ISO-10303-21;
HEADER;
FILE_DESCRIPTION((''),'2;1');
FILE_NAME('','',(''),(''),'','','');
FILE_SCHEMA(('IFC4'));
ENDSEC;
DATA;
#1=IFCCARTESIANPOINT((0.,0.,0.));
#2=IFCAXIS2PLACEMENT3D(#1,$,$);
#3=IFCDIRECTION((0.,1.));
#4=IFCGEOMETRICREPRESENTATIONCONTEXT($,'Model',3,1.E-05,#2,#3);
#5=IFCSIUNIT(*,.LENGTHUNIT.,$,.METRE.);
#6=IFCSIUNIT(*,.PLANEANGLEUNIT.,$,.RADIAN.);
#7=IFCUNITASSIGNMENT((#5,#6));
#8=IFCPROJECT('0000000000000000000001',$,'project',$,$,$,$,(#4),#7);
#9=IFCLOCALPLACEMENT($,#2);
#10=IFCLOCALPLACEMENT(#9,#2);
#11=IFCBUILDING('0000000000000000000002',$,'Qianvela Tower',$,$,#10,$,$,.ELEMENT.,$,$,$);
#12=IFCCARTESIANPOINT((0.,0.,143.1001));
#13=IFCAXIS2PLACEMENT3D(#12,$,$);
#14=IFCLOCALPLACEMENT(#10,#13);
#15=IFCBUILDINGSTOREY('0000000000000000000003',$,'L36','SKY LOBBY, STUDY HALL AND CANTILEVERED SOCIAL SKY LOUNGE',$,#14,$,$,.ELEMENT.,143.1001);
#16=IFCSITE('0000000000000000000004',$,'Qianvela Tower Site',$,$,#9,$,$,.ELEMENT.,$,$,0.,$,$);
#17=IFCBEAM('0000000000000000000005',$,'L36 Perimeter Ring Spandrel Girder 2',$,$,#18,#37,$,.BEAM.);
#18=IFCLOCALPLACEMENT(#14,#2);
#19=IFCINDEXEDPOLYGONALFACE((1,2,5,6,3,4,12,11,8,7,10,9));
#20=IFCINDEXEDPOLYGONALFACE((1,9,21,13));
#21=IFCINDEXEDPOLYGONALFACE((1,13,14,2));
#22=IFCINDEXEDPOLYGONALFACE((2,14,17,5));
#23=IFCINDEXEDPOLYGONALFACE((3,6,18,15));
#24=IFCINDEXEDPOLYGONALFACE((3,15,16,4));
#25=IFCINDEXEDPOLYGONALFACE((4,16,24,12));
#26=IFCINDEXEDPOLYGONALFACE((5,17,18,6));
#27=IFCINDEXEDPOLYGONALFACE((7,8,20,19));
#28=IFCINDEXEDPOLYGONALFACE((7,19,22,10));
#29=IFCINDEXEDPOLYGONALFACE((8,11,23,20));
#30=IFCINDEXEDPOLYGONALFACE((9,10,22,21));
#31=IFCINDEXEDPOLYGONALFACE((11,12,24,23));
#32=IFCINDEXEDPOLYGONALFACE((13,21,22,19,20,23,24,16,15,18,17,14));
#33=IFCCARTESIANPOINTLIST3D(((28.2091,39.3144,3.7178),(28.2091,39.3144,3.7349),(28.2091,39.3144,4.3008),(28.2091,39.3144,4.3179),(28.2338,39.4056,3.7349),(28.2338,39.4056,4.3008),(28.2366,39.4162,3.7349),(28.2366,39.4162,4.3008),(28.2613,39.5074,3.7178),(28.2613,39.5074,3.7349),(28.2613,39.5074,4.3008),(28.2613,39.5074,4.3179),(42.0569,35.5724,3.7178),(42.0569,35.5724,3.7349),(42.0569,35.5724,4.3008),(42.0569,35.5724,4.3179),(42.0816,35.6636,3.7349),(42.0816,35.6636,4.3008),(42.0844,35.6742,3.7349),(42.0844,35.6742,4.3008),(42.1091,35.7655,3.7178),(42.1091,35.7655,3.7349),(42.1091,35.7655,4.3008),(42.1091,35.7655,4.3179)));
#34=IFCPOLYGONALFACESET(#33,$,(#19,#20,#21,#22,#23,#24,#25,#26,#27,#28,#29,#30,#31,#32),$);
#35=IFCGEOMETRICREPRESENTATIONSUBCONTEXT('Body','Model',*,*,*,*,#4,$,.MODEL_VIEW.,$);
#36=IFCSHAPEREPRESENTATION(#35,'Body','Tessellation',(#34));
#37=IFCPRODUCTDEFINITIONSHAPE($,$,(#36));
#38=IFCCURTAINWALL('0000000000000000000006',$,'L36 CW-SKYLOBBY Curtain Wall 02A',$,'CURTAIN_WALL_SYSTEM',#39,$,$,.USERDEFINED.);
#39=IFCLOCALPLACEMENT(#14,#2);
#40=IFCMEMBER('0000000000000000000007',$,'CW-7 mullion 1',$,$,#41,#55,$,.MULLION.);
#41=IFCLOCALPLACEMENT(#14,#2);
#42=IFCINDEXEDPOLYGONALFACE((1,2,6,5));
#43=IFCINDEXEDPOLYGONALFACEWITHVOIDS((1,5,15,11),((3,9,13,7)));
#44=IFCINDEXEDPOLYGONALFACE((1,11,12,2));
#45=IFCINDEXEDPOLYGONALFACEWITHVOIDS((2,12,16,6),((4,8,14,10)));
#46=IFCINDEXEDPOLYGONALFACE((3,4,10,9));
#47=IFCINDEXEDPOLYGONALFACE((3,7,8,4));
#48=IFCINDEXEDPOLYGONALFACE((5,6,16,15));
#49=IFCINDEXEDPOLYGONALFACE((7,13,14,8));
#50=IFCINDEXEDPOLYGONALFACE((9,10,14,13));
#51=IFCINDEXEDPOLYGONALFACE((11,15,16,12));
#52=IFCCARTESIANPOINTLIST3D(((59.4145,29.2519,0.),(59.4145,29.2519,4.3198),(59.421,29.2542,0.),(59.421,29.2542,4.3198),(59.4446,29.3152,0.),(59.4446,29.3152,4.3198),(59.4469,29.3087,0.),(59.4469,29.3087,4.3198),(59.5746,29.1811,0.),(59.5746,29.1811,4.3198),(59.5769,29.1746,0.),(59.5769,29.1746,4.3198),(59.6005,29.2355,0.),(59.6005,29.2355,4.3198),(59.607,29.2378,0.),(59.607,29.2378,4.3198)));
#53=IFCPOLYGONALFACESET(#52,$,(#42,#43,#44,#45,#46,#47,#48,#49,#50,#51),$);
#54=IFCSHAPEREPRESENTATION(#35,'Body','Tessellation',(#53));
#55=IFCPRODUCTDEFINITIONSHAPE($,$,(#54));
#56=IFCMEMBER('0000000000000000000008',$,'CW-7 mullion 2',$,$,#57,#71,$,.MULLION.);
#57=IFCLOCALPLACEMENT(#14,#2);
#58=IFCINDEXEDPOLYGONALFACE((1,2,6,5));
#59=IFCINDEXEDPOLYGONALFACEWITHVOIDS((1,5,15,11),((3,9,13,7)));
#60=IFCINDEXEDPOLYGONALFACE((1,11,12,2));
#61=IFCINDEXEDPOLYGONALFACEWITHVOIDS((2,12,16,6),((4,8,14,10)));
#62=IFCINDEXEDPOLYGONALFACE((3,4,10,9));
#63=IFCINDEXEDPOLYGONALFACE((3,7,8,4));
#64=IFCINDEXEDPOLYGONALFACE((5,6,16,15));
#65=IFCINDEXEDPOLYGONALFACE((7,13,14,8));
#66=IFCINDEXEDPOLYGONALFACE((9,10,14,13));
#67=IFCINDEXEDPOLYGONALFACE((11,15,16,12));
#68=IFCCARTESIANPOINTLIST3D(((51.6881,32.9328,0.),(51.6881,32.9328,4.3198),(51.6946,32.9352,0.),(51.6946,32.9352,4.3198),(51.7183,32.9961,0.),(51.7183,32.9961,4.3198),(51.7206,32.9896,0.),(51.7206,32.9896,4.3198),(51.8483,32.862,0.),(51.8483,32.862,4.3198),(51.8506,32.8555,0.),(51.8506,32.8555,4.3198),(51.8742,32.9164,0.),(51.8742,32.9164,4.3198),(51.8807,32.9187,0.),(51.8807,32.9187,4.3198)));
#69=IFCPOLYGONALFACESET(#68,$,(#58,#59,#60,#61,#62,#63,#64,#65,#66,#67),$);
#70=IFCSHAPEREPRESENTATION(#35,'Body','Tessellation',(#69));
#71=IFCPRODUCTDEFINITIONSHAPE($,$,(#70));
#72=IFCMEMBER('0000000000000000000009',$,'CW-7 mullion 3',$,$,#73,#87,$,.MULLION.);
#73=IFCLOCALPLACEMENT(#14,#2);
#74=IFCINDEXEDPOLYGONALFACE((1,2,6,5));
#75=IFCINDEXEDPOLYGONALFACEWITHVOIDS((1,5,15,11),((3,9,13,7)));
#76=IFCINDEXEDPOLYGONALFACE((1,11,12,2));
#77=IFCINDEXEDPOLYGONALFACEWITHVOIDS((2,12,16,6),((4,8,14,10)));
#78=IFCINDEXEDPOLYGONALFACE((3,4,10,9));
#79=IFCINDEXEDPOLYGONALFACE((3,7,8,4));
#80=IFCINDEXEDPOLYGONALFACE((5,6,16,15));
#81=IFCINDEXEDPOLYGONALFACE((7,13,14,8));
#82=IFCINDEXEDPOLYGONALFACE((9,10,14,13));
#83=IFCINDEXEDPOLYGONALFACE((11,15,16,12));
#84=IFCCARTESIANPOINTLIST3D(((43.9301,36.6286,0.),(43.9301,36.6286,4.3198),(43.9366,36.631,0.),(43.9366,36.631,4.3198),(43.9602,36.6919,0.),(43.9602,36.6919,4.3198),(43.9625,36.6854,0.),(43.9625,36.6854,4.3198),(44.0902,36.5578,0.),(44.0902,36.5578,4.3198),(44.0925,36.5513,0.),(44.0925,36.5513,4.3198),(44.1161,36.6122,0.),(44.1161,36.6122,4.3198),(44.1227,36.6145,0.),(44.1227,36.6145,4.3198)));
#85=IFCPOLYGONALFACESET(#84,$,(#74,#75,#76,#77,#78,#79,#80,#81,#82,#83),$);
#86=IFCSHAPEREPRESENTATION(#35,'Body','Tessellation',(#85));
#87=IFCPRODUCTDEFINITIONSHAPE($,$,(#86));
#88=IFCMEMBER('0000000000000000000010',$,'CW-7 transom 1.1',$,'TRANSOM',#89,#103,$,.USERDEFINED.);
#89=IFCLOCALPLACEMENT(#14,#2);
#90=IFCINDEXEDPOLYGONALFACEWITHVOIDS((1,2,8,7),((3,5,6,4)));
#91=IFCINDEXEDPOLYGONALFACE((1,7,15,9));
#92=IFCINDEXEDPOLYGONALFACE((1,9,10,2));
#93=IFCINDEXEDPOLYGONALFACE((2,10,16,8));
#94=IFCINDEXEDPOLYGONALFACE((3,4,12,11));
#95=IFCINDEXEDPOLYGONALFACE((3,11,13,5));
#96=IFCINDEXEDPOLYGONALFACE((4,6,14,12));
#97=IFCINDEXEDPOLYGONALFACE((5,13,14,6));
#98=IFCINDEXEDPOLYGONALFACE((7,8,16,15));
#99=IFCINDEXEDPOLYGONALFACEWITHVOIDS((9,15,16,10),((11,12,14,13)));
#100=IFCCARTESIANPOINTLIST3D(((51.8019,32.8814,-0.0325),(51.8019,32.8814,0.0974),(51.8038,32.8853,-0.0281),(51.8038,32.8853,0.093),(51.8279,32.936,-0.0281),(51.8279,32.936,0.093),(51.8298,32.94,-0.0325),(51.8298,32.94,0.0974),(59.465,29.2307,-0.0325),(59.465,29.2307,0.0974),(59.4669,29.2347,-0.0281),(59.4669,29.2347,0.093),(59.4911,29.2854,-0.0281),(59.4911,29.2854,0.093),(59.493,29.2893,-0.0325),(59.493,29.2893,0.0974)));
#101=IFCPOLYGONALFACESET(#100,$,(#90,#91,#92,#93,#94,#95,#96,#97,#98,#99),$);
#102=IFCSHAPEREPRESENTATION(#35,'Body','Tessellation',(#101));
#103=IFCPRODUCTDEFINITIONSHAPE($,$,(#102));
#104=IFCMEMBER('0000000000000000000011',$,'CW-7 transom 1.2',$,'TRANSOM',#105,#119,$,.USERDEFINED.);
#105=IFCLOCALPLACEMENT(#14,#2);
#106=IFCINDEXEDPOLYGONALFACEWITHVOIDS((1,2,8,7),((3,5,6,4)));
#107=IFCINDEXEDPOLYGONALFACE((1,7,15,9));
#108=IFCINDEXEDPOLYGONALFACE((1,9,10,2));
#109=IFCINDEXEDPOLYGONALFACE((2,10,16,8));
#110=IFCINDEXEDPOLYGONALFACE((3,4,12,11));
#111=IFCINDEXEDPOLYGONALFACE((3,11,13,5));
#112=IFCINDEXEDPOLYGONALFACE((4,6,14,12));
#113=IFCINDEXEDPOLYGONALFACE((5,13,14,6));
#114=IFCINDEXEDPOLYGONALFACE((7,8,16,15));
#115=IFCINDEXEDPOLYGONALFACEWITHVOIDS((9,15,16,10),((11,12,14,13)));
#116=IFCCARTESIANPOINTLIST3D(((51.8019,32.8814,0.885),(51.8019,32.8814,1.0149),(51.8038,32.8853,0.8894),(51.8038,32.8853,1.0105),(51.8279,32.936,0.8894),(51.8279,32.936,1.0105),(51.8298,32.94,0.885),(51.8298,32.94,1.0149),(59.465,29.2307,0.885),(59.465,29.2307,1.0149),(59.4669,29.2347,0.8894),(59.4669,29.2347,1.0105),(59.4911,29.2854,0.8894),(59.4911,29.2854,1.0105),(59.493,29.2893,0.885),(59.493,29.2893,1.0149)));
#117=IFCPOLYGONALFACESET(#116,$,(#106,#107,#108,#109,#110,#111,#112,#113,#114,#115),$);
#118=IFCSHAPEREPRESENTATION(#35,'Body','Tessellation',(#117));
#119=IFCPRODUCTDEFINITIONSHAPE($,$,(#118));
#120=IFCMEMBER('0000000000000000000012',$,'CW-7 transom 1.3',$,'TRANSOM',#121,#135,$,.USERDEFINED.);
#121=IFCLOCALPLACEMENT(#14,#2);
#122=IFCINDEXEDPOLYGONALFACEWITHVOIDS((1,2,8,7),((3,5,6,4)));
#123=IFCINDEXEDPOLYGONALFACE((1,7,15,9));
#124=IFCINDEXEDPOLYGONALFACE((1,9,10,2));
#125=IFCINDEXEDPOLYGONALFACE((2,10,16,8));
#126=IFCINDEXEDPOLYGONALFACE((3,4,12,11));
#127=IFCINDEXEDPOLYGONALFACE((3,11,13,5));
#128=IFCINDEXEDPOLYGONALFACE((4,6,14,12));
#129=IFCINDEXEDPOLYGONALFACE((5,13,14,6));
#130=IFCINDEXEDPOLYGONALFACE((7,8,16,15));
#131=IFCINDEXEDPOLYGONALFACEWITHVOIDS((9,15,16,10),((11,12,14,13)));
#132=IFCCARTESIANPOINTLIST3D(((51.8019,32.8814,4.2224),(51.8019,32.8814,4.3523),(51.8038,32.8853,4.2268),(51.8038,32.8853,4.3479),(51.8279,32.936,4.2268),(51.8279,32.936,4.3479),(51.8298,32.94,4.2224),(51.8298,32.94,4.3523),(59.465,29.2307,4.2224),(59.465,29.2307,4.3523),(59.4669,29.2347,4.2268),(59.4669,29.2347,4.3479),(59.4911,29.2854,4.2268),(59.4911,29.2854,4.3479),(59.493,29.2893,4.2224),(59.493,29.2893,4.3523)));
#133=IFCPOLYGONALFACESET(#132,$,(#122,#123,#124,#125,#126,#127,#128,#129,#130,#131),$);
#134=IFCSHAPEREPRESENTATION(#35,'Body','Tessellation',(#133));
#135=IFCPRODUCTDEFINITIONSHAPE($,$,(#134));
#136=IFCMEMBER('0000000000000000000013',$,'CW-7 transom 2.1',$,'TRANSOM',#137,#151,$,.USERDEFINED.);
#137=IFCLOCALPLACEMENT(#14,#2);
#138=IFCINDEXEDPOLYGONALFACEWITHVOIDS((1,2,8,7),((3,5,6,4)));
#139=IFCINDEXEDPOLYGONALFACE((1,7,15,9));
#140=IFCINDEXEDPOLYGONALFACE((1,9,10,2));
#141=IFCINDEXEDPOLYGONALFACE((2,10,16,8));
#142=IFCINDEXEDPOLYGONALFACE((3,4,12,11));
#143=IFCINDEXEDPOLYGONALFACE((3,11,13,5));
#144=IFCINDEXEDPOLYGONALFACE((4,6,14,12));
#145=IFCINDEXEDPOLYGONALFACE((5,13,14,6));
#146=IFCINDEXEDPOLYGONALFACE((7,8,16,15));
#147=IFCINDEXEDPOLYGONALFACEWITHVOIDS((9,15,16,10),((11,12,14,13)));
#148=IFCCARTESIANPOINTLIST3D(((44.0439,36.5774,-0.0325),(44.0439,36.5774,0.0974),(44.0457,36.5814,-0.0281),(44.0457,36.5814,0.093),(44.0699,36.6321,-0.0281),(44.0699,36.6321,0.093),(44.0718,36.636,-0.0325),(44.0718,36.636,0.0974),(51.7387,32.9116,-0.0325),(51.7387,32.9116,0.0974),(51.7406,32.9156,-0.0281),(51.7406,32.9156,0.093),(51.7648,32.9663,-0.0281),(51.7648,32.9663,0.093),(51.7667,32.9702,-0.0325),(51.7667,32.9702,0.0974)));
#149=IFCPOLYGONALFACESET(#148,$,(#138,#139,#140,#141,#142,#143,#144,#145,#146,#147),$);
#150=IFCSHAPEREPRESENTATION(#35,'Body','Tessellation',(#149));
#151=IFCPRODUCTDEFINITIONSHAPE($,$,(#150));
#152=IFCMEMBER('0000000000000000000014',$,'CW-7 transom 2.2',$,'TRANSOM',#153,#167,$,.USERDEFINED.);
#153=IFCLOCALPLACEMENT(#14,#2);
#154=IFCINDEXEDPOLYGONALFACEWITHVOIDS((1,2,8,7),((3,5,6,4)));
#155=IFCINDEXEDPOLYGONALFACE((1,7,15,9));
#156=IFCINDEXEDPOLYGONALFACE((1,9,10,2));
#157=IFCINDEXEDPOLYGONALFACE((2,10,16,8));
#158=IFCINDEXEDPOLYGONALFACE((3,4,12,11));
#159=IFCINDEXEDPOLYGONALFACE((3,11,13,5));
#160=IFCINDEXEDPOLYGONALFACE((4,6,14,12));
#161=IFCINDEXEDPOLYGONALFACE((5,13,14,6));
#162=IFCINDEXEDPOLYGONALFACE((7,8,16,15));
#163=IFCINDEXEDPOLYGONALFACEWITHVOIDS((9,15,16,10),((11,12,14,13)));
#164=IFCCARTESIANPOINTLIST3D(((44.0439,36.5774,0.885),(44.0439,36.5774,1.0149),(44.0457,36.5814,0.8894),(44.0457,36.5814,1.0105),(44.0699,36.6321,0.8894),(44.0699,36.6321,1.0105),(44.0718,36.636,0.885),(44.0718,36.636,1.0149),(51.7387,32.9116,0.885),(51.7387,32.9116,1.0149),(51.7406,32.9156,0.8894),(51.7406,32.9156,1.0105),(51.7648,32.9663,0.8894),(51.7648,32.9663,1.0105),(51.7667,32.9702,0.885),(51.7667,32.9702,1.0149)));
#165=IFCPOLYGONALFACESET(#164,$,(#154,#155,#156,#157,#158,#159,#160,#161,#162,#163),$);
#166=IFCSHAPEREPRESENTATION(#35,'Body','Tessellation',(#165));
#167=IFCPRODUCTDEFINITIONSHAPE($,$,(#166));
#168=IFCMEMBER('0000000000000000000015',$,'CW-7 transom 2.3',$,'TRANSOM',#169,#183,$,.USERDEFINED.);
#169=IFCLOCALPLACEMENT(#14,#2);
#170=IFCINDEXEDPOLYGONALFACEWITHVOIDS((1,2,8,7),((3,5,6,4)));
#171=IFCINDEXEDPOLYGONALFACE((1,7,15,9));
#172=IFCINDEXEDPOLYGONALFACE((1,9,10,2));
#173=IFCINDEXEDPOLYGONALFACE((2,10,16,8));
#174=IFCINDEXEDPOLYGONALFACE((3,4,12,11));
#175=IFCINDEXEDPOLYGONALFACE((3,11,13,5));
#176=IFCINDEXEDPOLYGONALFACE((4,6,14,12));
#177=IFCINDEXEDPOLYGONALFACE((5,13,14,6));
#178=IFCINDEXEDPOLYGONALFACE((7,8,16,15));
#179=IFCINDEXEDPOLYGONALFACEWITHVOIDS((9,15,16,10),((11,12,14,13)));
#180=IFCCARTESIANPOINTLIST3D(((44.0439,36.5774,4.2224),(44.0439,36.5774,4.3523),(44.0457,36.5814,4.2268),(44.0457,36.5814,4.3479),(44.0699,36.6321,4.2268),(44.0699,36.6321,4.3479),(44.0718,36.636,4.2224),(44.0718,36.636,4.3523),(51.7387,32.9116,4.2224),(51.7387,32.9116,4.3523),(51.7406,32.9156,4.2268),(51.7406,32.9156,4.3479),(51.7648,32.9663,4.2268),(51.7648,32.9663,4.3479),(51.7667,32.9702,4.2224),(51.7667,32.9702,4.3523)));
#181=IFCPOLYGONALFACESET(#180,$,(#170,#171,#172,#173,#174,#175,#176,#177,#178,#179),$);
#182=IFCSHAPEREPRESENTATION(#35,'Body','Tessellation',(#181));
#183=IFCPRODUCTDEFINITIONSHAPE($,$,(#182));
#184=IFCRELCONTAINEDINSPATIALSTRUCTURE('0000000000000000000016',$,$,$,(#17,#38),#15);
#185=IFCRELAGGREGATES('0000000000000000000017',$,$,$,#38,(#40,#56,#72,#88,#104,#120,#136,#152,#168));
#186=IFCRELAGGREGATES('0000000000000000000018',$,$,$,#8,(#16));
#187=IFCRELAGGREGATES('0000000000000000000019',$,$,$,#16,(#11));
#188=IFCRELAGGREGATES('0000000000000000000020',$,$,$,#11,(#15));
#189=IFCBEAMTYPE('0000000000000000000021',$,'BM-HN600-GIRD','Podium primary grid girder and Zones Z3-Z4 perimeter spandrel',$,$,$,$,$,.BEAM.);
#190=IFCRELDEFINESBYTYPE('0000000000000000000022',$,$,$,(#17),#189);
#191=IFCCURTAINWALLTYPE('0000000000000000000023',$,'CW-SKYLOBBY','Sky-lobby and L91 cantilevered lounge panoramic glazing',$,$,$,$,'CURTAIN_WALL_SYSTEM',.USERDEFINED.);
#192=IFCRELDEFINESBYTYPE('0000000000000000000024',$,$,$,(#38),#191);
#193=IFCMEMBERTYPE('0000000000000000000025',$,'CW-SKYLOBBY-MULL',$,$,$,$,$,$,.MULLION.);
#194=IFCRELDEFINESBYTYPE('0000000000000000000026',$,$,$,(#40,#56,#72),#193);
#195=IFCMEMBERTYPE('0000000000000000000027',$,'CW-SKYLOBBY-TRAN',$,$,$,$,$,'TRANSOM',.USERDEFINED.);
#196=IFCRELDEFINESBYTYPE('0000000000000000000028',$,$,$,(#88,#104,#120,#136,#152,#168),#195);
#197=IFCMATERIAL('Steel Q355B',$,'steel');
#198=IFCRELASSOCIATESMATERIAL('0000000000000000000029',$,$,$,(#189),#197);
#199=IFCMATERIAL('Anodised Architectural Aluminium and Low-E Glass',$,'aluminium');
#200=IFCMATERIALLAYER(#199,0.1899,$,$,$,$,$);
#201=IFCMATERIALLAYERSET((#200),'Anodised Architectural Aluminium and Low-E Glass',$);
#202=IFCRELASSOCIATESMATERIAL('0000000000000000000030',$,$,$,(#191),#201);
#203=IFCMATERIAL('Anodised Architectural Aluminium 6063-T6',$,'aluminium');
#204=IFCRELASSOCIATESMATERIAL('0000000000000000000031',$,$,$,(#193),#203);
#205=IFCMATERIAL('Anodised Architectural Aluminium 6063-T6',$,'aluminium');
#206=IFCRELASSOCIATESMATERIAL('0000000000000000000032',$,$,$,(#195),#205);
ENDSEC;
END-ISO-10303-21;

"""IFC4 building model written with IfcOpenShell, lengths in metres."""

from ifc_helpers import new_model, si_unit, direction, frame, origin, origin_2d, place, context, subcontext, project, spatial, hollow_rectangle, i_section, extrude, material, layer, layer_set, material_profile, profile_set, type_object, element, aggregate, save


model = new_model("IFC4")

# Units and contexts
model_context = context("Model", 3, precision=1e-05, world=origin(), true_north=direction((0.0, 1.0)))
body_context = subcontext(model_context, "Body", "Model", "MODEL_VIEW")
ifc_project = project(units=[si_unit("LENGTHUNIT", "METRE"), si_unit("PLANEANGLEUNIT", "RADIAN")], contexts=[model_context])

# Site, building, storey
site_placement = place(None, origin())
site = spatial("IfcSite", under=ifc_project, at=site_placement, Name="Qianvela Tower Site", CompositionType="ELEMENT", RefElevation=0.0)
building_placement = place(site_placement, origin())
building = spatial("IfcBuilding", under=site, at=building_placement, Name="Qianvela Tower", CompositionType="ELEMENT")
storey_placement = place(building_placement, frame((0.0, 0.0, 143.1001)))
storey = spatial("IfcBuildingStorey", under=building, at=storey_placement, Name="L36", Description="SKY LOBBY, STUDY HALL AND CANTILEVERED SOCIAL SKY LOUNGE", CompositionType="ELEMENT", Elevation=143.1001)

# Beam
ifc_material_1 = material(Name="Steel Q355B", Category="steel")
ifc_material_profile_1 = material_profile(ifc_material_1, i_section(OverallWidth=0.2, OverallDepth=0.6001, WebThickness=0.011, FlangeThickness=0.0171, at=origin_2d()), Name="HN600x200x11x17")
ifc_profile_set_1 = profile_set([ifc_material_profile_1], Name="Steel Q355B")
beam_type = type_object("IfcBeamType", Name="BM-HN600-GIRD", Description="Podium primary grid girder and Zones Z3-Z4 perimeter spandrel", PredefinedType="BEAM", material=ifc_profile_set_1)
beam_placement = place(storey_placement, frame((42.083, 35.6689, 4.0178), z_axis=(-0.965376, 0.260861, 0.0), x_axis=(-0.260861, -0.965376, 0.0)))
element("IfcBeam", 1, at=beam_placement, inside=storey, type_object=beam_type, Name="L36 Perimeter Ring Spandrel Girder 2", PredefinedType="BEAM", context=body_context, shape_type="SweptSolid", body=[
    extrude(i_section(OverallWidth=0.2, OverallDepth=0.6001, WebThickness=0.011, FlangeThickness=0.0171, at=origin_2d()), origin(), (0.0, 0.0, 1.0), 14.3445),
])

# Curtain wall, members
ifc_material_2 = material(Name="Anodised Architectural Aluminium and Low-E Glass", Category="aluminium")
ifc_layer_1 = layer(ifc_material_2, 0.1899)
ifc_layer_set_1 = layer_set([ifc_layer_1], Name="Anodised Architectural Aluminium and Low-E Glass")
curtain_wall_type = type_object("IfcCurtainWallType", Name="CW-SKYLOBBY", Description="Sky-lobby and L91 cantilevered lounge panoramic glazing", ElementType="CURTAIN_WALL_SYSTEM", PredefinedType="USERDEFINED", material=ifc_layer_set_1)
curtain_wall_placement = place(storey_placement, origin())
curtain_wall = element("IfcCurtainWall", 2, at=curtain_wall_placement, inside=storey, type_object=curtain_wall_type, Name="L36 CW-SKYLOBBY Curtain Wall 02A", ObjectType="CURTAIN_WALL_SYSTEM", PredefinedType="USERDEFINED")
ifc_material_3 = material(Name="Anodised Architectural Aluminium 6063-T6", Category="aluminium")
ifc_material_profile_2 = material_profile(ifc_material_3, hollow_rectangle(XDim=0.0701, YDim=0.1799, WallThickness=0.0049, at=origin_2d()), Name="ALU-MULL-70x180")
ifc_profile_set_2 = profile_set([ifc_material_profile_2], Name="Anodised Architectural Aluminium 6063-T6")
member_type_1 = type_object("IfcMemberType", Name="CW-SKYLOBBY-MULL", PredefinedType="MULLION", material=ifc_profile_set_2)
member_1_placement = place(storey_placement, frame((59.5107, 29.2449, 0.0), z_axis=(0.0, 0.0, 1.0), x_axis=(-0.430088, -0.902787, 0.0)))
member_1 = element("IfcMember", 3, at=member_1_placement, type_object=member_type_1, Name="CW-7 mullion 1", PredefinedType="MULLION", context=body_context, shape_type="SweptSolid", body=[
    extrude(hollow_rectangle(XDim=0.0701, YDim=0.1799, WallThickness=0.0049, at=origin_2d()), origin(), (0.0, 0.0, 1.0), 4.3198),
])
member_2_placement = place(storey_placement, frame((51.7844, 32.9258, 0.0), z_axis=(0.0, 0.0, 1.0), x_axis=(-0.430088, -0.902787, 0.0)))
member_2 = element("IfcMember", 4, at=member_2_placement, type_object=member_type_1, Name="CW-7 mullion 2", PredefinedType="MULLION", context=body_context, shape_type="SweptSolid", body=[
    extrude(hollow_rectangle(XDim=0.0701, YDim=0.1799, WallThickness=0.0049, at=origin_2d()), origin(), (0.0, 0.0, 1.0), 4.3198),
])
member_3_placement = place(storey_placement, frame((44.0264, 36.6216, 0.0), z_axis=(0.0, 0.0, 1.0), x_axis=(-0.430088, -0.902787, 0.0)))
member_3 = element("IfcMember", 5, at=member_3_placement, type_object=member_type_1, Name="CW-7 mullion 3", PredefinedType="MULLION", context=body_context, shape_type="SweptSolid", body=[
    extrude(hollow_rectangle(XDim=0.0701, YDim=0.1799, WallThickness=0.0049, at=origin_2d()), origin(), (0.0, 0.0, 1.0), 4.3198),
])
ifc_material_4 = material(Name="Anodised Architectural Aluminium 6063-T6", Category="aluminium")
ifc_material_profile_3 = material_profile(ifc_material_4, hollow_rectangle(XDim=0.0649, YDim=0.1299, WallThickness=0.0044, at=origin_2d()), Name="ALU-TRAN-65x130")
ifc_profile_set_3 = profile_set([ifc_material_profile_3], Name="Anodised Architectural Aluminium 6063-T6")
member_type_2 = type_object("IfcMemberType", Name="CW-SKYLOBBY-TRAN", ElementType="TRANSOM", PredefinedType="USERDEFINED", material=ifc_profile_set_3)
member_4_placement = place(storey_placement, frame((59.479, 29.26, 0.0325), z_axis=(-0.90279, 0.430082, 0.0), x_axis=(-0.430082, -0.90279, 0.0)))
member_4 = element("IfcMember", 6, at=member_4_placement, type_object=member_type_2, Name="CW-7 transom 1.1", ObjectType="TRANSOM", PredefinedType="USERDEFINED", context=body_context, shape_type="SweptSolid", body=[
    extrude(hollow_rectangle(XDim=0.0649, YDim=0.1299, WallThickness=0.0044, at=origin_2d()), origin(), (0.0, 0.0, 1.0), 8.4883),
])
member_5_placement = place(storey_placement, frame((59.479, 29.26, 0.95), z_axis=(-0.90279, 0.430082, 0.0), x_axis=(-0.430082, -0.90279, 0.0)))
member_5 = element("IfcMember", 7, at=member_5_placement, type_object=member_type_2, Name="CW-7 transom 1.2", ObjectType="TRANSOM", PredefinedType="USERDEFINED", context=body_context, shape_type="SweptSolid", body=[
    extrude(hollow_rectangle(XDim=0.0649, YDim=0.1299, WallThickness=0.0044, at=origin_2d()), origin(), (0.0, 0.0, 1.0), 8.4883),
])
member_6_placement = place(storey_placement, frame((59.479, 29.26, 4.2874), z_axis=(-0.90279, 0.430082, 0.0), x_axis=(-0.430082, -0.90279, 0.0)))
member_6 = element("IfcMember", 8, at=member_6_placement, type_object=member_type_2, Name="CW-7 transom 1.3", ObjectType="TRANSOM", PredefinedType="USERDEFINED", context=body_context, shape_type="SweptSolid", body=[
    extrude(hollow_rectangle(XDim=0.0649, YDim=0.1299, WallThickness=0.0044, at=origin_2d()), origin(), (0.0, 0.0, 1.0), 8.4883),
])
member_7_placement = place(storey_placement, frame((51.7527, 32.9409, 0.0325), z_axis=(-0.902789, 0.430084, 0.0), x_axis=(-0.430084, -0.902789, 0.0)))
member_7 = element("IfcMember", 9, at=member_7_placement, type_object=member_type_2, Name="CW-7 transom 2.1", ObjectType="TRANSOM", PredefinedType="USERDEFINED", context=body_context, shape_type="SweptSolid", body=[
    extrude(hollow_rectangle(XDim=0.0649, YDim=0.1299, WallThickness=0.0044, at=origin_2d()), origin(), (0.0, 0.0, 1.0), 8.5234),
])
member_8_placement = place(storey_placement, frame((51.7527, 32.9409, 0.95), z_axis=(-0.902789, 0.430084, 0.0), x_axis=(-0.430084, -0.902789, 0.0)))
member_8 = element("IfcMember", 10, at=member_8_placement, type_object=member_type_2, Name="CW-7 transom 2.2", ObjectType="TRANSOM", PredefinedType="USERDEFINED", context=body_context, shape_type="SweptSolid", body=[
    extrude(hollow_rectangle(XDim=0.0649, YDim=0.1299, WallThickness=0.0044, at=origin_2d()), origin(), (0.0, 0.0, 1.0), 8.5234),
])
member_9_placement = place(storey_placement, frame((51.7527, 32.9409, 4.2874), z_axis=(-0.902789, 0.430084, 0.0), x_axis=(-0.430084, -0.902789, 0.0)))
member_9 = element("IfcMember", 11, at=member_9_placement, type_object=member_type_2, Name="CW-7 transom 2.3", ObjectType="TRANSOM", PredefinedType="USERDEFINED", context=body_context, shape_type="SweptSolid", body=[
    extrude(hollow_rectangle(XDim=0.0649, YDim=0.1299, WallThickness=0.0044, at=origin_2d()), origin(), (0.0, 0.0, 1.0), 8.5234),
])
aggregate(curtain_wall, [member_1, member_2, member_3, member_4, member_5, member_6, member_7, member_8, member_9])

save(model, "model.ifc")
